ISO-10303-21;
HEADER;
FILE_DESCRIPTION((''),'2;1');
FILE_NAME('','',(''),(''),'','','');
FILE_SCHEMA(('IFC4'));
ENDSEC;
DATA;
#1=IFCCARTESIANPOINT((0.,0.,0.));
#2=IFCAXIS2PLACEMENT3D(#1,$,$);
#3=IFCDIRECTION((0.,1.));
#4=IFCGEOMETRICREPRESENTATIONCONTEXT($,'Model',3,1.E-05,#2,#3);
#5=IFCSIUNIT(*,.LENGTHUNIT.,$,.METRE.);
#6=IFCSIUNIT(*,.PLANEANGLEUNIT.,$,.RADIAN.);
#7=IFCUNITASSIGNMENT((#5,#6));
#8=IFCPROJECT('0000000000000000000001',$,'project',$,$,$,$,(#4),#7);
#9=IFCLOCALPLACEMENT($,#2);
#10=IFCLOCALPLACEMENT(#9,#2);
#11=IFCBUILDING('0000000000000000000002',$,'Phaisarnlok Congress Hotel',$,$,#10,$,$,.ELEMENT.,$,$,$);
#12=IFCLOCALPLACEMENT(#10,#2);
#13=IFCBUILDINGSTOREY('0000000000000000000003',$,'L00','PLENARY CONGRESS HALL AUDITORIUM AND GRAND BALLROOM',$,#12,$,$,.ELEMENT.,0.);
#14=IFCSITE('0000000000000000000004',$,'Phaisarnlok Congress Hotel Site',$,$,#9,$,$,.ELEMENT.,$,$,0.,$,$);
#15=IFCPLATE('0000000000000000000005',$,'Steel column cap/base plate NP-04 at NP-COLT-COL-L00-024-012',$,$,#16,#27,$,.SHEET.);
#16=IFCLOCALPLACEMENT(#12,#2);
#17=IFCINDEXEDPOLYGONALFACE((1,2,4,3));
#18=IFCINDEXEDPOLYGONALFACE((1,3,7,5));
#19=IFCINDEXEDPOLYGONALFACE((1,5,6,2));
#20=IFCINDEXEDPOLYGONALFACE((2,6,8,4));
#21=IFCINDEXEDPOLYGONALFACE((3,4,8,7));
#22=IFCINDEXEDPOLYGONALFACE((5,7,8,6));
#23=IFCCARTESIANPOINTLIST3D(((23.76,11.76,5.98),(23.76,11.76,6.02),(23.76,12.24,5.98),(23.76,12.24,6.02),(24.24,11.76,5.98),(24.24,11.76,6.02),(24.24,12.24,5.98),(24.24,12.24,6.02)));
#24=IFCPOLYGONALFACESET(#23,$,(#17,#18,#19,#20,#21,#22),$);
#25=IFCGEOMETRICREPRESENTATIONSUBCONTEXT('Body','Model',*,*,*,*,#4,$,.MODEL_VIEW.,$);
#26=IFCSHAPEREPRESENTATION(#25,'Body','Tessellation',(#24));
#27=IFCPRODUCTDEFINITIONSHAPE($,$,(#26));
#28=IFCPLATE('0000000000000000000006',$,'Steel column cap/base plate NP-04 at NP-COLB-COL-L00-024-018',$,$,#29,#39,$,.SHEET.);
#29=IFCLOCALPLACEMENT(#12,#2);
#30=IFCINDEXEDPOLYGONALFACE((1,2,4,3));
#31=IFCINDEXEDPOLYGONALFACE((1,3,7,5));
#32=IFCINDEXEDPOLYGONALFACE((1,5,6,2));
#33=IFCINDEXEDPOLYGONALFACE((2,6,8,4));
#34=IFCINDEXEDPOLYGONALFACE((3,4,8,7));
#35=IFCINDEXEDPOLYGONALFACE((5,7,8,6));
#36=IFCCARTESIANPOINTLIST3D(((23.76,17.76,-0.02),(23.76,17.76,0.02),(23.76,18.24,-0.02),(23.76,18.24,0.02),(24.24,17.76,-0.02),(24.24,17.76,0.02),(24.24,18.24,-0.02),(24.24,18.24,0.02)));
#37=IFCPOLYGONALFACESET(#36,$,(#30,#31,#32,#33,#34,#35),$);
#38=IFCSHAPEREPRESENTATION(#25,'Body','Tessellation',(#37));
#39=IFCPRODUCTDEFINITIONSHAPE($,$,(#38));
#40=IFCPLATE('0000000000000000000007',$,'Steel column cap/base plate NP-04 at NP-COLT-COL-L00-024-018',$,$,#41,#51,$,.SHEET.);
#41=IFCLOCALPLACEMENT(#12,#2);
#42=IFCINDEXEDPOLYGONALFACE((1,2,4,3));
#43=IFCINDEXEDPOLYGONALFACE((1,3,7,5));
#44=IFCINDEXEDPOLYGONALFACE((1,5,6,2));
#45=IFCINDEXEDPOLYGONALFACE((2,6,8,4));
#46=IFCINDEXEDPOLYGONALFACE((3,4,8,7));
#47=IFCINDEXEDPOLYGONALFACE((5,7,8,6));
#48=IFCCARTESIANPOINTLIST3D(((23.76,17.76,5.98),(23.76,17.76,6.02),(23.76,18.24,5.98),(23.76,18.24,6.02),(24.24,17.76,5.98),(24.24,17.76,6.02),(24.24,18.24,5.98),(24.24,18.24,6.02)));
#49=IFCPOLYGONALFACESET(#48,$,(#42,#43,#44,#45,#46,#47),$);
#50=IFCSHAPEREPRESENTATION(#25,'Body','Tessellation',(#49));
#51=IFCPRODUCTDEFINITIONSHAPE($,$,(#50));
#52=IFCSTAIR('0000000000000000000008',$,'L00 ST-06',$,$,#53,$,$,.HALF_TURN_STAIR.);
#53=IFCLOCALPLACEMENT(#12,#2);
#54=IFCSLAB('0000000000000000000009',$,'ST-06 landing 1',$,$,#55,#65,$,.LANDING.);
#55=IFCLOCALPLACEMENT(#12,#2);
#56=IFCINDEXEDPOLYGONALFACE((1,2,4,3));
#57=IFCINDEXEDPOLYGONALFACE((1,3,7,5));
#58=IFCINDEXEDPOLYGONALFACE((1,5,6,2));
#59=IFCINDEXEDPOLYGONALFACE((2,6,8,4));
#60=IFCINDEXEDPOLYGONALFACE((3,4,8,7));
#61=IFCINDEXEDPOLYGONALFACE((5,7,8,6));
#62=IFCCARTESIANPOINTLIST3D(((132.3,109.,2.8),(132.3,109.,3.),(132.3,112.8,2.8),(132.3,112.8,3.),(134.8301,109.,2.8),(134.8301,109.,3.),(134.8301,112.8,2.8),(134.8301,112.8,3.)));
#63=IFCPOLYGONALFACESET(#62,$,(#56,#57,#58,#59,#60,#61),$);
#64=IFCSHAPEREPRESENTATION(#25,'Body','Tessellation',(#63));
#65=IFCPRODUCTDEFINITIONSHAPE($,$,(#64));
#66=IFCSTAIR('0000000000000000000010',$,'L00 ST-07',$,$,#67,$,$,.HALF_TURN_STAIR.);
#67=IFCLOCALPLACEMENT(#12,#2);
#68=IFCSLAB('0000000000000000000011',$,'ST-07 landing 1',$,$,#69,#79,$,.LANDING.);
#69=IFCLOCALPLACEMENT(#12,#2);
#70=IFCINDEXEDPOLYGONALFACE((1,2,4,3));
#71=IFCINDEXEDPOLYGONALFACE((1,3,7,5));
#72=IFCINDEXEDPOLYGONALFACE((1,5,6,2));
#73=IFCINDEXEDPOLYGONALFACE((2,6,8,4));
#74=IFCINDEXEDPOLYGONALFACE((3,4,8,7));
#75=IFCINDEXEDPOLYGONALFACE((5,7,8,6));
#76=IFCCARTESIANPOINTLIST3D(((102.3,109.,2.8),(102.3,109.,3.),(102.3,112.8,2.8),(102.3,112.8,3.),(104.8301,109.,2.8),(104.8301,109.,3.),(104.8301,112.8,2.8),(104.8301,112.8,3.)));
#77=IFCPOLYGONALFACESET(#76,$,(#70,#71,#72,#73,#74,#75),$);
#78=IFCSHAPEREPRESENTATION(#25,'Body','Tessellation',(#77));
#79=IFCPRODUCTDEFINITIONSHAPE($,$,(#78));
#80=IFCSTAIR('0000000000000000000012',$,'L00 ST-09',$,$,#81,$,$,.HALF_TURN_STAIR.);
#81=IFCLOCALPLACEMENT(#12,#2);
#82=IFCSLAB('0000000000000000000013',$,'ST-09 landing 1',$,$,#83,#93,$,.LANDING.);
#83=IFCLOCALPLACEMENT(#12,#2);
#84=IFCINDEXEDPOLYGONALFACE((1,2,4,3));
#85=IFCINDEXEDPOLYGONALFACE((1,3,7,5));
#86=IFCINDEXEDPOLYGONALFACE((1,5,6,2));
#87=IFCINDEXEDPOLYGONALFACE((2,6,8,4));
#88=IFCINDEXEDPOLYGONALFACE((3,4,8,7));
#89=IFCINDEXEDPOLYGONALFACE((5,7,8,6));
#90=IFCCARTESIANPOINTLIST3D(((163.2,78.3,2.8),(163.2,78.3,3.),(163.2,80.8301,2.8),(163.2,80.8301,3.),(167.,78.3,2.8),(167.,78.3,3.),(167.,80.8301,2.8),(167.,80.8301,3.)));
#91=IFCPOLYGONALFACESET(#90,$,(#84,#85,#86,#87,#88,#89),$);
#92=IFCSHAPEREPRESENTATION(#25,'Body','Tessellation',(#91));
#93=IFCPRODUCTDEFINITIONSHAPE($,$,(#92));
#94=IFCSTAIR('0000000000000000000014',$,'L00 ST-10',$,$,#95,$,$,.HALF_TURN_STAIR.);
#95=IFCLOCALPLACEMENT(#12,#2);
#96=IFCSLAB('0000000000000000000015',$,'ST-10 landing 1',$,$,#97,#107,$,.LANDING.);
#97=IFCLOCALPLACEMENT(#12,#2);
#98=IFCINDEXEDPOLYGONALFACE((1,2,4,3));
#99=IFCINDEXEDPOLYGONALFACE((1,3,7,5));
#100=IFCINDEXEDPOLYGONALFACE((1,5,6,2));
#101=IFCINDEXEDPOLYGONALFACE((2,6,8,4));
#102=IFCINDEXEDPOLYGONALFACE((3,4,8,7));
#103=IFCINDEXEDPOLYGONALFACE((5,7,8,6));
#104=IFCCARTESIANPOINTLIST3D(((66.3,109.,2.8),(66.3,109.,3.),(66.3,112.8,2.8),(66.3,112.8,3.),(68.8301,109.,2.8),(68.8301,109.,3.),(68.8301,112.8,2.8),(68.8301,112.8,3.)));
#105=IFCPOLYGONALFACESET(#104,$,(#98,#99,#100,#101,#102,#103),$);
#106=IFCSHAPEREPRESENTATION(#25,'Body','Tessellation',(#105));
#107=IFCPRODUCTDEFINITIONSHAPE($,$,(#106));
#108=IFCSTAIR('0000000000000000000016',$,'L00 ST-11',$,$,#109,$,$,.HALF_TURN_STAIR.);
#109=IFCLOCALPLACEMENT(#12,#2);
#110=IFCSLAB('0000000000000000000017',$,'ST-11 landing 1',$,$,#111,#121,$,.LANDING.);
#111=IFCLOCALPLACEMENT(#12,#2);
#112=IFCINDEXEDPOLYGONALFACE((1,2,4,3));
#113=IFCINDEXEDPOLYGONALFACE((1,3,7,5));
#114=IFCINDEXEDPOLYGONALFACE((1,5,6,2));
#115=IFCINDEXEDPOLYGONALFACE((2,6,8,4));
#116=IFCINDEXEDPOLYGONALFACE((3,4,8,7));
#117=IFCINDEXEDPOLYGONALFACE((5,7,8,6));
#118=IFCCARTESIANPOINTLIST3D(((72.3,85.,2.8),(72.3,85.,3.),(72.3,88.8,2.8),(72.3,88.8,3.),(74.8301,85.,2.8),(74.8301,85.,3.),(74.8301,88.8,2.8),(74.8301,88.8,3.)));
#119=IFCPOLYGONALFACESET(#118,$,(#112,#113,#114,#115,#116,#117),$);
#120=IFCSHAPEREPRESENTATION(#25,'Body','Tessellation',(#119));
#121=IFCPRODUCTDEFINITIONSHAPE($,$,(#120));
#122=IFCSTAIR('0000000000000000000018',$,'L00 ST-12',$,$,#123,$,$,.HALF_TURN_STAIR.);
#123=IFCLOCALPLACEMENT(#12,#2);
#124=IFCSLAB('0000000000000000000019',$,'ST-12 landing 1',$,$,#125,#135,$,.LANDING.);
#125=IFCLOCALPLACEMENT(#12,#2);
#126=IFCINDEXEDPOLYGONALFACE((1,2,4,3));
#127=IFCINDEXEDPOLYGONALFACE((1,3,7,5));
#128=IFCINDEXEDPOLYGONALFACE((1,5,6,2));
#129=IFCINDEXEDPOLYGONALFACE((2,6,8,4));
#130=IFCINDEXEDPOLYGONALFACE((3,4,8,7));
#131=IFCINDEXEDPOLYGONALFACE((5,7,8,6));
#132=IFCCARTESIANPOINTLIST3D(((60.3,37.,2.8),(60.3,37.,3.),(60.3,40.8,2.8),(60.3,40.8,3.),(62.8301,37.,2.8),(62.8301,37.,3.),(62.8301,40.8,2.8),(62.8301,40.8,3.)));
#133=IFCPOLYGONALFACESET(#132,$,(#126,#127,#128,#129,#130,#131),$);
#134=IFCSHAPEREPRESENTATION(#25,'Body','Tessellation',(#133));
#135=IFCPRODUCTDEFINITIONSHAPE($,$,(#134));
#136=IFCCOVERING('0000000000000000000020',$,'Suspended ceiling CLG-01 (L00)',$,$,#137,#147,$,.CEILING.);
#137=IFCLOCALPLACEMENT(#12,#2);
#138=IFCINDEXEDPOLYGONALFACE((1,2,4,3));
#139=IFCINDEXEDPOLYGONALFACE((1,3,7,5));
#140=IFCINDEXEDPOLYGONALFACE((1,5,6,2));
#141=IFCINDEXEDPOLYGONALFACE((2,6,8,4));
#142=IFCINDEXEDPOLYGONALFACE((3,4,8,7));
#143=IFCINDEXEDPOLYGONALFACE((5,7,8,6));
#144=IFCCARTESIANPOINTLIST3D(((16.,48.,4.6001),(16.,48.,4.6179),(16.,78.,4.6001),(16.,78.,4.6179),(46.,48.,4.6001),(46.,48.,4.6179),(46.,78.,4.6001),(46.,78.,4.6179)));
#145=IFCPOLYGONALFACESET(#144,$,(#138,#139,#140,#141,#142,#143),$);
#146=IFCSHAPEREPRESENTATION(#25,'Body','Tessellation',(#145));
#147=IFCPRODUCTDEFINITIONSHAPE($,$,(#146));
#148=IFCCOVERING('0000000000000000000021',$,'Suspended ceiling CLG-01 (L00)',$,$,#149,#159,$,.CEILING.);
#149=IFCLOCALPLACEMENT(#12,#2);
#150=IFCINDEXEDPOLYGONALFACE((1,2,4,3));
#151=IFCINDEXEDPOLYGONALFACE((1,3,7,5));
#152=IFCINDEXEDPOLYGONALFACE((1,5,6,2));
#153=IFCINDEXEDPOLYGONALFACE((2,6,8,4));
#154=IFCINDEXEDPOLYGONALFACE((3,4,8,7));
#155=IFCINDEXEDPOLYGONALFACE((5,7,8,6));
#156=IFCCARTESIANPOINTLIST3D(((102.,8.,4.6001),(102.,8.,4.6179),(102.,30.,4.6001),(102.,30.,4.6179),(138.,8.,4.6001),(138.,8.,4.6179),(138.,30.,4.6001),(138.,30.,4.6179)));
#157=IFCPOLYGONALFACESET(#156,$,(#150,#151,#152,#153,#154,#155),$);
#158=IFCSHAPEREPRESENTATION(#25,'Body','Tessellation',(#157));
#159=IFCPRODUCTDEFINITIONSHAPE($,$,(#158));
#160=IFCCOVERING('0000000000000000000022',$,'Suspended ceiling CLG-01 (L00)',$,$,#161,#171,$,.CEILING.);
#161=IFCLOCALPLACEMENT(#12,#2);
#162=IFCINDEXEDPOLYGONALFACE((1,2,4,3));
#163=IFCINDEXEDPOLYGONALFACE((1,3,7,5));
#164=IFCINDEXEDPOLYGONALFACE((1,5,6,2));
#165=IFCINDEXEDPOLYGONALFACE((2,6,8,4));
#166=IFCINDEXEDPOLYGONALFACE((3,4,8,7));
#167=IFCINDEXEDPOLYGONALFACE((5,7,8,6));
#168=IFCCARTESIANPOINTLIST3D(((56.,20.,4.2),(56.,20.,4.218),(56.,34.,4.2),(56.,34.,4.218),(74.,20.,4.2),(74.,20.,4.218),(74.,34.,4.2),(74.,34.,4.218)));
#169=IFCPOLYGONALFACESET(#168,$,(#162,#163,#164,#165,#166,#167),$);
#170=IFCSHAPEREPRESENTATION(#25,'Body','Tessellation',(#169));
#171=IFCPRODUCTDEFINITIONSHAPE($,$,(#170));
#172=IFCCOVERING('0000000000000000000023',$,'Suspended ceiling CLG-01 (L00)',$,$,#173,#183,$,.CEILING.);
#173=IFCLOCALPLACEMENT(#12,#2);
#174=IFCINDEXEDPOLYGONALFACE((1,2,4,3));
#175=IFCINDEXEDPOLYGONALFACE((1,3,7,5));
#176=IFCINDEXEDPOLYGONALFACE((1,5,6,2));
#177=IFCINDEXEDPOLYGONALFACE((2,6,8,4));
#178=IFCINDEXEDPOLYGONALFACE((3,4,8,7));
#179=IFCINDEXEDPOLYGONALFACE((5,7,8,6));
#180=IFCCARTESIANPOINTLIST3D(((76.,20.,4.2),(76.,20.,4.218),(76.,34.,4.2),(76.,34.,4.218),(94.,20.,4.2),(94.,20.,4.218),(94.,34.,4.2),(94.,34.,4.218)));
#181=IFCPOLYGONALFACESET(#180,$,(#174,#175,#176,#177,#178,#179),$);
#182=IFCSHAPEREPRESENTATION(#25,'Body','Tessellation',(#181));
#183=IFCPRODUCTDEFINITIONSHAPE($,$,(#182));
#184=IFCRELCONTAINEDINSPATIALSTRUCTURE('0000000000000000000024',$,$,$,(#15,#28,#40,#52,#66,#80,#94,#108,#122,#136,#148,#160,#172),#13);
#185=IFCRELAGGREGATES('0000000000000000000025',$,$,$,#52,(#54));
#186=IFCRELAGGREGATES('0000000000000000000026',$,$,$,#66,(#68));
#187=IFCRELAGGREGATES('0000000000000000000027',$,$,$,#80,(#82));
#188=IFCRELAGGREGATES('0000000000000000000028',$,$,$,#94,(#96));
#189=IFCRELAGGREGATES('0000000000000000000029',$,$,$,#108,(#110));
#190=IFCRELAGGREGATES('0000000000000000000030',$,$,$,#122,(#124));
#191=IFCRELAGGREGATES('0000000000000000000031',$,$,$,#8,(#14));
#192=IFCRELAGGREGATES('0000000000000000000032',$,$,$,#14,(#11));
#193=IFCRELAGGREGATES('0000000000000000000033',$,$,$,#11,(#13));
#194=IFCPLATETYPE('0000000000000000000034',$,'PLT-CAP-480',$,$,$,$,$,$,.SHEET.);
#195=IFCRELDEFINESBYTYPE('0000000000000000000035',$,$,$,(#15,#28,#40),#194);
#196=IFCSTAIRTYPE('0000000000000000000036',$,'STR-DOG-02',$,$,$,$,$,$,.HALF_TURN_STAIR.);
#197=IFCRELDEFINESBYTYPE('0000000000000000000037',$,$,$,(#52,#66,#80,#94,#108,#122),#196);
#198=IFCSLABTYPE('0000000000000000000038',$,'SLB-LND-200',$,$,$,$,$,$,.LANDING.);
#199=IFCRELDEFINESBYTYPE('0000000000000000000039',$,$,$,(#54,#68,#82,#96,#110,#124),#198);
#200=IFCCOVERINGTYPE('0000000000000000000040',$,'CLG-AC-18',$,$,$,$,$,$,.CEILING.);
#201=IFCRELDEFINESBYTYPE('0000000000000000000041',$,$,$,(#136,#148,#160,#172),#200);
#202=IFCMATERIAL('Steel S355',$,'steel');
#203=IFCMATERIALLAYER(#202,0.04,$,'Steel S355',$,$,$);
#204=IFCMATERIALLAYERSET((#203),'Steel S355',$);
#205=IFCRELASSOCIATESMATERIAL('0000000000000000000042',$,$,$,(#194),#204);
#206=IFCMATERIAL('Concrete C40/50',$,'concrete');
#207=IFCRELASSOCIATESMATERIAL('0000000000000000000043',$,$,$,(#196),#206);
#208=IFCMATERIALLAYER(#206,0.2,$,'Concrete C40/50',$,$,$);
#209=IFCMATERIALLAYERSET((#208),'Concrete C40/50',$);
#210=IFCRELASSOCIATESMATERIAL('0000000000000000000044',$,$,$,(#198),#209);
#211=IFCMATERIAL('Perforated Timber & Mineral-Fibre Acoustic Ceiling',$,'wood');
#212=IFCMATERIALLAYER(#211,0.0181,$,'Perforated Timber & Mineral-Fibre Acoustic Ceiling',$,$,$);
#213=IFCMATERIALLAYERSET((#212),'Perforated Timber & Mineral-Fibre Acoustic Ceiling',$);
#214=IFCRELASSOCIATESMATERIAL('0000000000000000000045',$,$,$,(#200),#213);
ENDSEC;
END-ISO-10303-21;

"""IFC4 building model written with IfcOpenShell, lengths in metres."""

from ifc_helpers import new_model, si_unit, direction, frame, origin, origin_2d, place, context, subcontext, project, spatial, polyline, rectangle, outline, extrude, material, layer, layer_set, type_object, element, aggregate, save


model = new_model("IFC4")

# Units and contexts
model_context = context("Model", 3, precision=1e-05, world=origin(), true_north=direction((0.0, 1.0)))
body_context = subcontext(model_context, "Body", "Model", "MODEL_VIEW")
ifc_project = project(units=[si_unit("LENGTHUNIT", "METRE"), si_unit("PLANEANGLEUNIT", "RADIAN")], contexts=[model_context])

# Site, building, storey
site_placement = place(None, origin())
site = spatial("IfcSite", under=ifc_project, at=site_placement, Name="Phaisarnlok Congress Hotel Site", CompositionType="ELEMENT", RefElevation=0.0)
building_placement = place(site_placement, origin())
building = spatial("IfcBuilding", under=site, at=building_placement, Name="Phaisarnlok Congress Hotel", CompositionType="ELEMENT")
storey_placement = place(building_placement, origin())
storey = spatial("IfcBuildingStorey", under=building, at=storey_placement, Name="L00", Description="PLENARY CONGRESS HALL AUDITORIUM AND GRAND BALLROOM", CompositionType="ELEMENT", Elevation=0.0)

# Shared definitions
ifc_material_1 = material(Name="Steel S355", Category="steel")

# Plates
ifc_layer_1 = layer(ifc_material_1, 0.04, Name="Steel S355")
ifc_layer_set_1 = layer_set([ifc_layer_1], Name="Steel S355")
plate_type_1 = type_object("IfcPlateType", Name="PLT-CAP-480", PredefinedType="SHEET", material=ifc_layer_set_1)
for number, where, z_axis, x_axis, name in (
    (1, (24.0, 12.0, 5.98), (0.0, 0.0, 1.0), (1.0, 0.0, 0.0), "Steel column cap/base plate NP-04 at NP-COLT-COL-L00-024-012"),
    (2, (24.0, 18.0, -0.02), (0.0, 0.0, 1.0), (1.0, 0.0, 0.0), "Steel column cap/base plate NP-04 at NP-COLB-COL-L00-024-018"),
    (3, (24.0, 18.0, 5.98), (0.0, 0.0, 1.0), (1.0, 0.0, 0.0), "Steel column cap/base plate NP-04 at NP-COLT-COL-L00-024-018"),
):
    element("IfcPlate", number, at=place(storey_placement, frame(where, z_axis=z_axis, x_axis=x_axis)), inside=storey, type_object=plate_type_1, Name=name, PredefinedType="SHEET", context=body_context, shape_type="SweptSolid", body=[
        extrude(rectangle(XDim=0.48, YDim=0.48, at=origin_2d()), origin(), (0.0, 0.0, 1.0), 0.04),
    ])

# Stairs, slabs
ifc_material_2 = material(Name="Concrete C40/50", Category="concrete")
stair_type = type_object("IfcStairType", Name="STR-DOG-02", PredefinedType="HALF_TURN_STAIR", material=ifc_material_2)
stair_1_placement = place(storey_placement, origin())
stair_1 = element("IfcStair", 4, at=stair_1_placement, inside=storey, type_object=stair_type, Name="L00 ST-06", PredefinedType="HALF_TURN_STAIR")
ifc_layer_2 = layer(ifc_material_2, 0.2, Name="Concrete C40/50")
ifc_layer_set_2 = layer_set([ifc_layer_2], Name="Concrete C40/50")
slab_type = type_object("IfcSlabType", Name="SLB-LND-200", PredefinedType="LANDING", material=ifc_layer_set_2)
slab_1_placement = place(storey_placement, frame((0.0, 0.0, 2.8)))
slab_1 = element("IfcSlab", 5, at=slab_1_placement, type_object=slab_type, Name="ST-06 landing 1", PredefinedType="LANDING", context=body_context, shape_type="SweptSolid", body=[
    extrude(outline(polyline([(134.8301, 112.8), (132.3, 112.8), (132.3, 109.0), (134.8301, 109.0), (134.8301, 112.8)])), origin(), (0.0, 0.0, 1.0), 0.2),
])
aggregate(stair_1, [slab_1])
stair_2_placement = place(storey_placement, origin())
stair_2 = element("IfcStair", 6, at=stair_2_placement, inside=storey, type_object=stair_type, Name="L00 ST-07", PredefinedType="HALF_TURN_STAIR")
slab_2_placement = place(storey_placement, frame((0.0, 0.0, 2.8)))
slab_2 = element("IfcSlab", 7, at=slab_2_placement, type_object=slab_type, Name="ST-07 landing 1", PredefinedType="LANDING", context=body_context, shape_type="SweptSolid", body=[
    extrude(outline(polyline([(104.8301, 112.8), (102.3, 112.8), (102.3, 109.0), (104.8301, 109.0), (104.8301, 112.8)])), origin(), (0.0, 0.0, 1.0), 0.2),
])
aggregate(stair_2, [slab_2])
stair_3_placement = place(storey_placement, origin())
stair_3 = element("IfcStair", 8, at=stair_3_placement, inside=storey, type_object=stair_type, Name="L00 ST-09", PredefinedType="HALF_TURN_STAIR")
slab_3_placement = place(storey_placement, frame((0.0, 0.0, 2.8)))
slab_3 = element("IfcSlab", 9, at=slab_3_placement, type_object=slab_type, Name="ST-09 landing 1", PredefinedType="LANDING", context=body_context, shape_type="SweptSolid", body=[
    extrude(outline(polyline([(163.2, 80.8301), (163.2, 78.3), (167.0, 78.3), (167.0, 80.8301), (163.2, 80.8301)])), origin(), (0.0, 0.0, 1.0), 0.2),
])
aggregate(stair_3, [slab_3])
stair_4_placement = place(storey_placement, origin())
stair_4 = element("IfcStair", 10, at=stair_4_placement, inside=storey, type_object=stair_type, Name="L00 ST-10", PredefinedType="HALF_TURN_STAIR")
slab_4_placement = place(storey_placement, frame((0.0, 0.0, 2.8)))
slab_4 = element("IfcSlab", 11, at=slab_4_placement, type_object=slab_type, Name="ST-10 landing 1", PredefinedType="LANDING", context=body_context, shape_type="SweptSolid", body=[
    extrude(outline(polyline([(68.8301, 112.8), (66.3, 112.8), (66.3, 109.0), (68.8301, 109.0), (68.8301, 112.8)])), origin(), (0.0, 0.0, 1.0), 0.2),
])
aggregate(stair_4, [slab_4])
stair_5_placement = place(storey_placement, origin())
stair_5 = element("IfcStair", 12, at=stair_5_placement, inside=storey, type_object=stair_type, Name="L00 ST-11", PredefinedType="HALF_TURN_STAIR")
slab_5_placement = place(storey_placement, frame((0.0, 0.0, 2.8)))
slab_5 = element("IfcSlab", 13, at=slab_5_placement, type_object=slab_type, Name="ST-11 landing 1", PredefinedType="LANDING", context=body_context, shape_type="SweptSolid", body=[
    extrude(outline(polyline([(74.8301, 88.8), (72.3, 88.8), (72.3, 85.0), (74.8301, 85.0), (74.8301, 88.8)])), origin(), (0.0, 0.0, 1.0), 0.2),
])
aggregate(stair_5, [slab_5])
stair_6_placement = place(storey_placement, origin())
stair_6 = element("IfcStair", 14, at=stair_6_placement, inside=storey, type_object=stair_type, Name="L00 ST-12", PredefinedType="HALF_TURN_STAIR")
slab_6_placement = place(storey_placement, frame((0.0, 0.0, 2.8)))
slab_6 = element("IfcSlab", 15, at=slab_6_placement, type_object=slab_type, Name="ST-12 landing 1", PredefinedType="LANDING", context=body_context, shape_type="SweptSolid", body=[
    extrude(outline(polyline([(62.8301, 40.8), (60.3, 40.8), (60.3, 37.0), (62.8301, 37.0), (62.8301, 40.8)])), origin(), (0.0, 0.0, 1.0), 0.2),
])
aggregate(stair_6, [slab_6])

# Coverings
ifc_material_3 = material(Name="Perforated Timber & Mineral-Fibre Acoustic Ceiling", Category="wood")
ifc_layer_3 = layer(ifc_material_3, 0.0181, Name="Perforated Timber & Mineral-Fibre Acoustic Ceiling")
ifc_layer_set_3 = layer_set([ifc_layer_3], Name="Perforated Timber & Mineral-Fibre Acoustic Ceiling")
covering_type_1 = type_object("IfcCoveringType", Name="CLG-AC-18", PredefinedType="CEILING", material=ifc_layer_set_3)
covering_1_placement = place(storey_placement, frame((0.0, 0.0, 4.6001)))
element("IfcCovering", 16, at=covering_1_placement, inside=storey, type_object=covering_type_1, Name="Suspended ceiling CLG-01 (L00)", PredefinedType="CEILING", context=body_context, shape_type="SweptSolid", body=[
    extrude(outline(polyline([(46.0, 48.0), (16.0, 48.0), (16.0, 78.0), (46.0, 78.0), (46.0, 48.0)])), origin(), (0.0, 0.0, 1.0), 0.0178),
])
covering_2_placement = place(storey_placement, frame((0.0, 0.0, 4.6001)))
element("IfcCovering", 17, at=covering_2_placement, inside=storey, type_object=covering_type_1, Name="Suspended ceiling CLG-01 (L00)", PredefinedType="CEILING", context=body_context, shape_type="SweptSolid", body=[
    extrude(outline(polyline([(138.0, 8.0), (102.0, 8.0), (102.0, 30.0), (138.0, 30.0), (138.0, 8.0)])), origin(), (0.0, 0.0, 1.0), 0.0178),
])
covering_3_placement = place(storey_placement, frame((0.0, 0.0, 4.2)))
element("IfcCovering", 18, at=covering_3_placement, inside=storey, type_object=covering_type_1, Name="Suspended ceiling CLG-01 (L00)", PredefinedType="CEILING", context=body_context, shape_type="SweptSolid", body=[
    extrude(outline(polyline([(74.0, 20.0), (56.0, 20.0), (56.0, 34.0), (74.0, 34.0), (74.0, 20.0)])), origin(), (0.0, 0.0, 1.0), 0.0181),
])
covering_4_placement = place(storey_placement, frame((0.0, 0.0, 4.2)))
element("IfcCovering", 19, at=covering_4_placement, inside=storey, type_object=covering_type_1, Name="Suspended ceiling CLG-01 (L00)", PredefinedType="CEILING", context=body_context, shape_type="SweptSolid", body=[
    extrude(outline(polyline([(94.0, 20.0), (76.0, 20.0), (76.0, 34.0), (94.0, 34.0), (94.0, 20.0)])), origin(), (0.0, 0.0, 1.0), 0.0181),
])

save(model, "model.ifc")
